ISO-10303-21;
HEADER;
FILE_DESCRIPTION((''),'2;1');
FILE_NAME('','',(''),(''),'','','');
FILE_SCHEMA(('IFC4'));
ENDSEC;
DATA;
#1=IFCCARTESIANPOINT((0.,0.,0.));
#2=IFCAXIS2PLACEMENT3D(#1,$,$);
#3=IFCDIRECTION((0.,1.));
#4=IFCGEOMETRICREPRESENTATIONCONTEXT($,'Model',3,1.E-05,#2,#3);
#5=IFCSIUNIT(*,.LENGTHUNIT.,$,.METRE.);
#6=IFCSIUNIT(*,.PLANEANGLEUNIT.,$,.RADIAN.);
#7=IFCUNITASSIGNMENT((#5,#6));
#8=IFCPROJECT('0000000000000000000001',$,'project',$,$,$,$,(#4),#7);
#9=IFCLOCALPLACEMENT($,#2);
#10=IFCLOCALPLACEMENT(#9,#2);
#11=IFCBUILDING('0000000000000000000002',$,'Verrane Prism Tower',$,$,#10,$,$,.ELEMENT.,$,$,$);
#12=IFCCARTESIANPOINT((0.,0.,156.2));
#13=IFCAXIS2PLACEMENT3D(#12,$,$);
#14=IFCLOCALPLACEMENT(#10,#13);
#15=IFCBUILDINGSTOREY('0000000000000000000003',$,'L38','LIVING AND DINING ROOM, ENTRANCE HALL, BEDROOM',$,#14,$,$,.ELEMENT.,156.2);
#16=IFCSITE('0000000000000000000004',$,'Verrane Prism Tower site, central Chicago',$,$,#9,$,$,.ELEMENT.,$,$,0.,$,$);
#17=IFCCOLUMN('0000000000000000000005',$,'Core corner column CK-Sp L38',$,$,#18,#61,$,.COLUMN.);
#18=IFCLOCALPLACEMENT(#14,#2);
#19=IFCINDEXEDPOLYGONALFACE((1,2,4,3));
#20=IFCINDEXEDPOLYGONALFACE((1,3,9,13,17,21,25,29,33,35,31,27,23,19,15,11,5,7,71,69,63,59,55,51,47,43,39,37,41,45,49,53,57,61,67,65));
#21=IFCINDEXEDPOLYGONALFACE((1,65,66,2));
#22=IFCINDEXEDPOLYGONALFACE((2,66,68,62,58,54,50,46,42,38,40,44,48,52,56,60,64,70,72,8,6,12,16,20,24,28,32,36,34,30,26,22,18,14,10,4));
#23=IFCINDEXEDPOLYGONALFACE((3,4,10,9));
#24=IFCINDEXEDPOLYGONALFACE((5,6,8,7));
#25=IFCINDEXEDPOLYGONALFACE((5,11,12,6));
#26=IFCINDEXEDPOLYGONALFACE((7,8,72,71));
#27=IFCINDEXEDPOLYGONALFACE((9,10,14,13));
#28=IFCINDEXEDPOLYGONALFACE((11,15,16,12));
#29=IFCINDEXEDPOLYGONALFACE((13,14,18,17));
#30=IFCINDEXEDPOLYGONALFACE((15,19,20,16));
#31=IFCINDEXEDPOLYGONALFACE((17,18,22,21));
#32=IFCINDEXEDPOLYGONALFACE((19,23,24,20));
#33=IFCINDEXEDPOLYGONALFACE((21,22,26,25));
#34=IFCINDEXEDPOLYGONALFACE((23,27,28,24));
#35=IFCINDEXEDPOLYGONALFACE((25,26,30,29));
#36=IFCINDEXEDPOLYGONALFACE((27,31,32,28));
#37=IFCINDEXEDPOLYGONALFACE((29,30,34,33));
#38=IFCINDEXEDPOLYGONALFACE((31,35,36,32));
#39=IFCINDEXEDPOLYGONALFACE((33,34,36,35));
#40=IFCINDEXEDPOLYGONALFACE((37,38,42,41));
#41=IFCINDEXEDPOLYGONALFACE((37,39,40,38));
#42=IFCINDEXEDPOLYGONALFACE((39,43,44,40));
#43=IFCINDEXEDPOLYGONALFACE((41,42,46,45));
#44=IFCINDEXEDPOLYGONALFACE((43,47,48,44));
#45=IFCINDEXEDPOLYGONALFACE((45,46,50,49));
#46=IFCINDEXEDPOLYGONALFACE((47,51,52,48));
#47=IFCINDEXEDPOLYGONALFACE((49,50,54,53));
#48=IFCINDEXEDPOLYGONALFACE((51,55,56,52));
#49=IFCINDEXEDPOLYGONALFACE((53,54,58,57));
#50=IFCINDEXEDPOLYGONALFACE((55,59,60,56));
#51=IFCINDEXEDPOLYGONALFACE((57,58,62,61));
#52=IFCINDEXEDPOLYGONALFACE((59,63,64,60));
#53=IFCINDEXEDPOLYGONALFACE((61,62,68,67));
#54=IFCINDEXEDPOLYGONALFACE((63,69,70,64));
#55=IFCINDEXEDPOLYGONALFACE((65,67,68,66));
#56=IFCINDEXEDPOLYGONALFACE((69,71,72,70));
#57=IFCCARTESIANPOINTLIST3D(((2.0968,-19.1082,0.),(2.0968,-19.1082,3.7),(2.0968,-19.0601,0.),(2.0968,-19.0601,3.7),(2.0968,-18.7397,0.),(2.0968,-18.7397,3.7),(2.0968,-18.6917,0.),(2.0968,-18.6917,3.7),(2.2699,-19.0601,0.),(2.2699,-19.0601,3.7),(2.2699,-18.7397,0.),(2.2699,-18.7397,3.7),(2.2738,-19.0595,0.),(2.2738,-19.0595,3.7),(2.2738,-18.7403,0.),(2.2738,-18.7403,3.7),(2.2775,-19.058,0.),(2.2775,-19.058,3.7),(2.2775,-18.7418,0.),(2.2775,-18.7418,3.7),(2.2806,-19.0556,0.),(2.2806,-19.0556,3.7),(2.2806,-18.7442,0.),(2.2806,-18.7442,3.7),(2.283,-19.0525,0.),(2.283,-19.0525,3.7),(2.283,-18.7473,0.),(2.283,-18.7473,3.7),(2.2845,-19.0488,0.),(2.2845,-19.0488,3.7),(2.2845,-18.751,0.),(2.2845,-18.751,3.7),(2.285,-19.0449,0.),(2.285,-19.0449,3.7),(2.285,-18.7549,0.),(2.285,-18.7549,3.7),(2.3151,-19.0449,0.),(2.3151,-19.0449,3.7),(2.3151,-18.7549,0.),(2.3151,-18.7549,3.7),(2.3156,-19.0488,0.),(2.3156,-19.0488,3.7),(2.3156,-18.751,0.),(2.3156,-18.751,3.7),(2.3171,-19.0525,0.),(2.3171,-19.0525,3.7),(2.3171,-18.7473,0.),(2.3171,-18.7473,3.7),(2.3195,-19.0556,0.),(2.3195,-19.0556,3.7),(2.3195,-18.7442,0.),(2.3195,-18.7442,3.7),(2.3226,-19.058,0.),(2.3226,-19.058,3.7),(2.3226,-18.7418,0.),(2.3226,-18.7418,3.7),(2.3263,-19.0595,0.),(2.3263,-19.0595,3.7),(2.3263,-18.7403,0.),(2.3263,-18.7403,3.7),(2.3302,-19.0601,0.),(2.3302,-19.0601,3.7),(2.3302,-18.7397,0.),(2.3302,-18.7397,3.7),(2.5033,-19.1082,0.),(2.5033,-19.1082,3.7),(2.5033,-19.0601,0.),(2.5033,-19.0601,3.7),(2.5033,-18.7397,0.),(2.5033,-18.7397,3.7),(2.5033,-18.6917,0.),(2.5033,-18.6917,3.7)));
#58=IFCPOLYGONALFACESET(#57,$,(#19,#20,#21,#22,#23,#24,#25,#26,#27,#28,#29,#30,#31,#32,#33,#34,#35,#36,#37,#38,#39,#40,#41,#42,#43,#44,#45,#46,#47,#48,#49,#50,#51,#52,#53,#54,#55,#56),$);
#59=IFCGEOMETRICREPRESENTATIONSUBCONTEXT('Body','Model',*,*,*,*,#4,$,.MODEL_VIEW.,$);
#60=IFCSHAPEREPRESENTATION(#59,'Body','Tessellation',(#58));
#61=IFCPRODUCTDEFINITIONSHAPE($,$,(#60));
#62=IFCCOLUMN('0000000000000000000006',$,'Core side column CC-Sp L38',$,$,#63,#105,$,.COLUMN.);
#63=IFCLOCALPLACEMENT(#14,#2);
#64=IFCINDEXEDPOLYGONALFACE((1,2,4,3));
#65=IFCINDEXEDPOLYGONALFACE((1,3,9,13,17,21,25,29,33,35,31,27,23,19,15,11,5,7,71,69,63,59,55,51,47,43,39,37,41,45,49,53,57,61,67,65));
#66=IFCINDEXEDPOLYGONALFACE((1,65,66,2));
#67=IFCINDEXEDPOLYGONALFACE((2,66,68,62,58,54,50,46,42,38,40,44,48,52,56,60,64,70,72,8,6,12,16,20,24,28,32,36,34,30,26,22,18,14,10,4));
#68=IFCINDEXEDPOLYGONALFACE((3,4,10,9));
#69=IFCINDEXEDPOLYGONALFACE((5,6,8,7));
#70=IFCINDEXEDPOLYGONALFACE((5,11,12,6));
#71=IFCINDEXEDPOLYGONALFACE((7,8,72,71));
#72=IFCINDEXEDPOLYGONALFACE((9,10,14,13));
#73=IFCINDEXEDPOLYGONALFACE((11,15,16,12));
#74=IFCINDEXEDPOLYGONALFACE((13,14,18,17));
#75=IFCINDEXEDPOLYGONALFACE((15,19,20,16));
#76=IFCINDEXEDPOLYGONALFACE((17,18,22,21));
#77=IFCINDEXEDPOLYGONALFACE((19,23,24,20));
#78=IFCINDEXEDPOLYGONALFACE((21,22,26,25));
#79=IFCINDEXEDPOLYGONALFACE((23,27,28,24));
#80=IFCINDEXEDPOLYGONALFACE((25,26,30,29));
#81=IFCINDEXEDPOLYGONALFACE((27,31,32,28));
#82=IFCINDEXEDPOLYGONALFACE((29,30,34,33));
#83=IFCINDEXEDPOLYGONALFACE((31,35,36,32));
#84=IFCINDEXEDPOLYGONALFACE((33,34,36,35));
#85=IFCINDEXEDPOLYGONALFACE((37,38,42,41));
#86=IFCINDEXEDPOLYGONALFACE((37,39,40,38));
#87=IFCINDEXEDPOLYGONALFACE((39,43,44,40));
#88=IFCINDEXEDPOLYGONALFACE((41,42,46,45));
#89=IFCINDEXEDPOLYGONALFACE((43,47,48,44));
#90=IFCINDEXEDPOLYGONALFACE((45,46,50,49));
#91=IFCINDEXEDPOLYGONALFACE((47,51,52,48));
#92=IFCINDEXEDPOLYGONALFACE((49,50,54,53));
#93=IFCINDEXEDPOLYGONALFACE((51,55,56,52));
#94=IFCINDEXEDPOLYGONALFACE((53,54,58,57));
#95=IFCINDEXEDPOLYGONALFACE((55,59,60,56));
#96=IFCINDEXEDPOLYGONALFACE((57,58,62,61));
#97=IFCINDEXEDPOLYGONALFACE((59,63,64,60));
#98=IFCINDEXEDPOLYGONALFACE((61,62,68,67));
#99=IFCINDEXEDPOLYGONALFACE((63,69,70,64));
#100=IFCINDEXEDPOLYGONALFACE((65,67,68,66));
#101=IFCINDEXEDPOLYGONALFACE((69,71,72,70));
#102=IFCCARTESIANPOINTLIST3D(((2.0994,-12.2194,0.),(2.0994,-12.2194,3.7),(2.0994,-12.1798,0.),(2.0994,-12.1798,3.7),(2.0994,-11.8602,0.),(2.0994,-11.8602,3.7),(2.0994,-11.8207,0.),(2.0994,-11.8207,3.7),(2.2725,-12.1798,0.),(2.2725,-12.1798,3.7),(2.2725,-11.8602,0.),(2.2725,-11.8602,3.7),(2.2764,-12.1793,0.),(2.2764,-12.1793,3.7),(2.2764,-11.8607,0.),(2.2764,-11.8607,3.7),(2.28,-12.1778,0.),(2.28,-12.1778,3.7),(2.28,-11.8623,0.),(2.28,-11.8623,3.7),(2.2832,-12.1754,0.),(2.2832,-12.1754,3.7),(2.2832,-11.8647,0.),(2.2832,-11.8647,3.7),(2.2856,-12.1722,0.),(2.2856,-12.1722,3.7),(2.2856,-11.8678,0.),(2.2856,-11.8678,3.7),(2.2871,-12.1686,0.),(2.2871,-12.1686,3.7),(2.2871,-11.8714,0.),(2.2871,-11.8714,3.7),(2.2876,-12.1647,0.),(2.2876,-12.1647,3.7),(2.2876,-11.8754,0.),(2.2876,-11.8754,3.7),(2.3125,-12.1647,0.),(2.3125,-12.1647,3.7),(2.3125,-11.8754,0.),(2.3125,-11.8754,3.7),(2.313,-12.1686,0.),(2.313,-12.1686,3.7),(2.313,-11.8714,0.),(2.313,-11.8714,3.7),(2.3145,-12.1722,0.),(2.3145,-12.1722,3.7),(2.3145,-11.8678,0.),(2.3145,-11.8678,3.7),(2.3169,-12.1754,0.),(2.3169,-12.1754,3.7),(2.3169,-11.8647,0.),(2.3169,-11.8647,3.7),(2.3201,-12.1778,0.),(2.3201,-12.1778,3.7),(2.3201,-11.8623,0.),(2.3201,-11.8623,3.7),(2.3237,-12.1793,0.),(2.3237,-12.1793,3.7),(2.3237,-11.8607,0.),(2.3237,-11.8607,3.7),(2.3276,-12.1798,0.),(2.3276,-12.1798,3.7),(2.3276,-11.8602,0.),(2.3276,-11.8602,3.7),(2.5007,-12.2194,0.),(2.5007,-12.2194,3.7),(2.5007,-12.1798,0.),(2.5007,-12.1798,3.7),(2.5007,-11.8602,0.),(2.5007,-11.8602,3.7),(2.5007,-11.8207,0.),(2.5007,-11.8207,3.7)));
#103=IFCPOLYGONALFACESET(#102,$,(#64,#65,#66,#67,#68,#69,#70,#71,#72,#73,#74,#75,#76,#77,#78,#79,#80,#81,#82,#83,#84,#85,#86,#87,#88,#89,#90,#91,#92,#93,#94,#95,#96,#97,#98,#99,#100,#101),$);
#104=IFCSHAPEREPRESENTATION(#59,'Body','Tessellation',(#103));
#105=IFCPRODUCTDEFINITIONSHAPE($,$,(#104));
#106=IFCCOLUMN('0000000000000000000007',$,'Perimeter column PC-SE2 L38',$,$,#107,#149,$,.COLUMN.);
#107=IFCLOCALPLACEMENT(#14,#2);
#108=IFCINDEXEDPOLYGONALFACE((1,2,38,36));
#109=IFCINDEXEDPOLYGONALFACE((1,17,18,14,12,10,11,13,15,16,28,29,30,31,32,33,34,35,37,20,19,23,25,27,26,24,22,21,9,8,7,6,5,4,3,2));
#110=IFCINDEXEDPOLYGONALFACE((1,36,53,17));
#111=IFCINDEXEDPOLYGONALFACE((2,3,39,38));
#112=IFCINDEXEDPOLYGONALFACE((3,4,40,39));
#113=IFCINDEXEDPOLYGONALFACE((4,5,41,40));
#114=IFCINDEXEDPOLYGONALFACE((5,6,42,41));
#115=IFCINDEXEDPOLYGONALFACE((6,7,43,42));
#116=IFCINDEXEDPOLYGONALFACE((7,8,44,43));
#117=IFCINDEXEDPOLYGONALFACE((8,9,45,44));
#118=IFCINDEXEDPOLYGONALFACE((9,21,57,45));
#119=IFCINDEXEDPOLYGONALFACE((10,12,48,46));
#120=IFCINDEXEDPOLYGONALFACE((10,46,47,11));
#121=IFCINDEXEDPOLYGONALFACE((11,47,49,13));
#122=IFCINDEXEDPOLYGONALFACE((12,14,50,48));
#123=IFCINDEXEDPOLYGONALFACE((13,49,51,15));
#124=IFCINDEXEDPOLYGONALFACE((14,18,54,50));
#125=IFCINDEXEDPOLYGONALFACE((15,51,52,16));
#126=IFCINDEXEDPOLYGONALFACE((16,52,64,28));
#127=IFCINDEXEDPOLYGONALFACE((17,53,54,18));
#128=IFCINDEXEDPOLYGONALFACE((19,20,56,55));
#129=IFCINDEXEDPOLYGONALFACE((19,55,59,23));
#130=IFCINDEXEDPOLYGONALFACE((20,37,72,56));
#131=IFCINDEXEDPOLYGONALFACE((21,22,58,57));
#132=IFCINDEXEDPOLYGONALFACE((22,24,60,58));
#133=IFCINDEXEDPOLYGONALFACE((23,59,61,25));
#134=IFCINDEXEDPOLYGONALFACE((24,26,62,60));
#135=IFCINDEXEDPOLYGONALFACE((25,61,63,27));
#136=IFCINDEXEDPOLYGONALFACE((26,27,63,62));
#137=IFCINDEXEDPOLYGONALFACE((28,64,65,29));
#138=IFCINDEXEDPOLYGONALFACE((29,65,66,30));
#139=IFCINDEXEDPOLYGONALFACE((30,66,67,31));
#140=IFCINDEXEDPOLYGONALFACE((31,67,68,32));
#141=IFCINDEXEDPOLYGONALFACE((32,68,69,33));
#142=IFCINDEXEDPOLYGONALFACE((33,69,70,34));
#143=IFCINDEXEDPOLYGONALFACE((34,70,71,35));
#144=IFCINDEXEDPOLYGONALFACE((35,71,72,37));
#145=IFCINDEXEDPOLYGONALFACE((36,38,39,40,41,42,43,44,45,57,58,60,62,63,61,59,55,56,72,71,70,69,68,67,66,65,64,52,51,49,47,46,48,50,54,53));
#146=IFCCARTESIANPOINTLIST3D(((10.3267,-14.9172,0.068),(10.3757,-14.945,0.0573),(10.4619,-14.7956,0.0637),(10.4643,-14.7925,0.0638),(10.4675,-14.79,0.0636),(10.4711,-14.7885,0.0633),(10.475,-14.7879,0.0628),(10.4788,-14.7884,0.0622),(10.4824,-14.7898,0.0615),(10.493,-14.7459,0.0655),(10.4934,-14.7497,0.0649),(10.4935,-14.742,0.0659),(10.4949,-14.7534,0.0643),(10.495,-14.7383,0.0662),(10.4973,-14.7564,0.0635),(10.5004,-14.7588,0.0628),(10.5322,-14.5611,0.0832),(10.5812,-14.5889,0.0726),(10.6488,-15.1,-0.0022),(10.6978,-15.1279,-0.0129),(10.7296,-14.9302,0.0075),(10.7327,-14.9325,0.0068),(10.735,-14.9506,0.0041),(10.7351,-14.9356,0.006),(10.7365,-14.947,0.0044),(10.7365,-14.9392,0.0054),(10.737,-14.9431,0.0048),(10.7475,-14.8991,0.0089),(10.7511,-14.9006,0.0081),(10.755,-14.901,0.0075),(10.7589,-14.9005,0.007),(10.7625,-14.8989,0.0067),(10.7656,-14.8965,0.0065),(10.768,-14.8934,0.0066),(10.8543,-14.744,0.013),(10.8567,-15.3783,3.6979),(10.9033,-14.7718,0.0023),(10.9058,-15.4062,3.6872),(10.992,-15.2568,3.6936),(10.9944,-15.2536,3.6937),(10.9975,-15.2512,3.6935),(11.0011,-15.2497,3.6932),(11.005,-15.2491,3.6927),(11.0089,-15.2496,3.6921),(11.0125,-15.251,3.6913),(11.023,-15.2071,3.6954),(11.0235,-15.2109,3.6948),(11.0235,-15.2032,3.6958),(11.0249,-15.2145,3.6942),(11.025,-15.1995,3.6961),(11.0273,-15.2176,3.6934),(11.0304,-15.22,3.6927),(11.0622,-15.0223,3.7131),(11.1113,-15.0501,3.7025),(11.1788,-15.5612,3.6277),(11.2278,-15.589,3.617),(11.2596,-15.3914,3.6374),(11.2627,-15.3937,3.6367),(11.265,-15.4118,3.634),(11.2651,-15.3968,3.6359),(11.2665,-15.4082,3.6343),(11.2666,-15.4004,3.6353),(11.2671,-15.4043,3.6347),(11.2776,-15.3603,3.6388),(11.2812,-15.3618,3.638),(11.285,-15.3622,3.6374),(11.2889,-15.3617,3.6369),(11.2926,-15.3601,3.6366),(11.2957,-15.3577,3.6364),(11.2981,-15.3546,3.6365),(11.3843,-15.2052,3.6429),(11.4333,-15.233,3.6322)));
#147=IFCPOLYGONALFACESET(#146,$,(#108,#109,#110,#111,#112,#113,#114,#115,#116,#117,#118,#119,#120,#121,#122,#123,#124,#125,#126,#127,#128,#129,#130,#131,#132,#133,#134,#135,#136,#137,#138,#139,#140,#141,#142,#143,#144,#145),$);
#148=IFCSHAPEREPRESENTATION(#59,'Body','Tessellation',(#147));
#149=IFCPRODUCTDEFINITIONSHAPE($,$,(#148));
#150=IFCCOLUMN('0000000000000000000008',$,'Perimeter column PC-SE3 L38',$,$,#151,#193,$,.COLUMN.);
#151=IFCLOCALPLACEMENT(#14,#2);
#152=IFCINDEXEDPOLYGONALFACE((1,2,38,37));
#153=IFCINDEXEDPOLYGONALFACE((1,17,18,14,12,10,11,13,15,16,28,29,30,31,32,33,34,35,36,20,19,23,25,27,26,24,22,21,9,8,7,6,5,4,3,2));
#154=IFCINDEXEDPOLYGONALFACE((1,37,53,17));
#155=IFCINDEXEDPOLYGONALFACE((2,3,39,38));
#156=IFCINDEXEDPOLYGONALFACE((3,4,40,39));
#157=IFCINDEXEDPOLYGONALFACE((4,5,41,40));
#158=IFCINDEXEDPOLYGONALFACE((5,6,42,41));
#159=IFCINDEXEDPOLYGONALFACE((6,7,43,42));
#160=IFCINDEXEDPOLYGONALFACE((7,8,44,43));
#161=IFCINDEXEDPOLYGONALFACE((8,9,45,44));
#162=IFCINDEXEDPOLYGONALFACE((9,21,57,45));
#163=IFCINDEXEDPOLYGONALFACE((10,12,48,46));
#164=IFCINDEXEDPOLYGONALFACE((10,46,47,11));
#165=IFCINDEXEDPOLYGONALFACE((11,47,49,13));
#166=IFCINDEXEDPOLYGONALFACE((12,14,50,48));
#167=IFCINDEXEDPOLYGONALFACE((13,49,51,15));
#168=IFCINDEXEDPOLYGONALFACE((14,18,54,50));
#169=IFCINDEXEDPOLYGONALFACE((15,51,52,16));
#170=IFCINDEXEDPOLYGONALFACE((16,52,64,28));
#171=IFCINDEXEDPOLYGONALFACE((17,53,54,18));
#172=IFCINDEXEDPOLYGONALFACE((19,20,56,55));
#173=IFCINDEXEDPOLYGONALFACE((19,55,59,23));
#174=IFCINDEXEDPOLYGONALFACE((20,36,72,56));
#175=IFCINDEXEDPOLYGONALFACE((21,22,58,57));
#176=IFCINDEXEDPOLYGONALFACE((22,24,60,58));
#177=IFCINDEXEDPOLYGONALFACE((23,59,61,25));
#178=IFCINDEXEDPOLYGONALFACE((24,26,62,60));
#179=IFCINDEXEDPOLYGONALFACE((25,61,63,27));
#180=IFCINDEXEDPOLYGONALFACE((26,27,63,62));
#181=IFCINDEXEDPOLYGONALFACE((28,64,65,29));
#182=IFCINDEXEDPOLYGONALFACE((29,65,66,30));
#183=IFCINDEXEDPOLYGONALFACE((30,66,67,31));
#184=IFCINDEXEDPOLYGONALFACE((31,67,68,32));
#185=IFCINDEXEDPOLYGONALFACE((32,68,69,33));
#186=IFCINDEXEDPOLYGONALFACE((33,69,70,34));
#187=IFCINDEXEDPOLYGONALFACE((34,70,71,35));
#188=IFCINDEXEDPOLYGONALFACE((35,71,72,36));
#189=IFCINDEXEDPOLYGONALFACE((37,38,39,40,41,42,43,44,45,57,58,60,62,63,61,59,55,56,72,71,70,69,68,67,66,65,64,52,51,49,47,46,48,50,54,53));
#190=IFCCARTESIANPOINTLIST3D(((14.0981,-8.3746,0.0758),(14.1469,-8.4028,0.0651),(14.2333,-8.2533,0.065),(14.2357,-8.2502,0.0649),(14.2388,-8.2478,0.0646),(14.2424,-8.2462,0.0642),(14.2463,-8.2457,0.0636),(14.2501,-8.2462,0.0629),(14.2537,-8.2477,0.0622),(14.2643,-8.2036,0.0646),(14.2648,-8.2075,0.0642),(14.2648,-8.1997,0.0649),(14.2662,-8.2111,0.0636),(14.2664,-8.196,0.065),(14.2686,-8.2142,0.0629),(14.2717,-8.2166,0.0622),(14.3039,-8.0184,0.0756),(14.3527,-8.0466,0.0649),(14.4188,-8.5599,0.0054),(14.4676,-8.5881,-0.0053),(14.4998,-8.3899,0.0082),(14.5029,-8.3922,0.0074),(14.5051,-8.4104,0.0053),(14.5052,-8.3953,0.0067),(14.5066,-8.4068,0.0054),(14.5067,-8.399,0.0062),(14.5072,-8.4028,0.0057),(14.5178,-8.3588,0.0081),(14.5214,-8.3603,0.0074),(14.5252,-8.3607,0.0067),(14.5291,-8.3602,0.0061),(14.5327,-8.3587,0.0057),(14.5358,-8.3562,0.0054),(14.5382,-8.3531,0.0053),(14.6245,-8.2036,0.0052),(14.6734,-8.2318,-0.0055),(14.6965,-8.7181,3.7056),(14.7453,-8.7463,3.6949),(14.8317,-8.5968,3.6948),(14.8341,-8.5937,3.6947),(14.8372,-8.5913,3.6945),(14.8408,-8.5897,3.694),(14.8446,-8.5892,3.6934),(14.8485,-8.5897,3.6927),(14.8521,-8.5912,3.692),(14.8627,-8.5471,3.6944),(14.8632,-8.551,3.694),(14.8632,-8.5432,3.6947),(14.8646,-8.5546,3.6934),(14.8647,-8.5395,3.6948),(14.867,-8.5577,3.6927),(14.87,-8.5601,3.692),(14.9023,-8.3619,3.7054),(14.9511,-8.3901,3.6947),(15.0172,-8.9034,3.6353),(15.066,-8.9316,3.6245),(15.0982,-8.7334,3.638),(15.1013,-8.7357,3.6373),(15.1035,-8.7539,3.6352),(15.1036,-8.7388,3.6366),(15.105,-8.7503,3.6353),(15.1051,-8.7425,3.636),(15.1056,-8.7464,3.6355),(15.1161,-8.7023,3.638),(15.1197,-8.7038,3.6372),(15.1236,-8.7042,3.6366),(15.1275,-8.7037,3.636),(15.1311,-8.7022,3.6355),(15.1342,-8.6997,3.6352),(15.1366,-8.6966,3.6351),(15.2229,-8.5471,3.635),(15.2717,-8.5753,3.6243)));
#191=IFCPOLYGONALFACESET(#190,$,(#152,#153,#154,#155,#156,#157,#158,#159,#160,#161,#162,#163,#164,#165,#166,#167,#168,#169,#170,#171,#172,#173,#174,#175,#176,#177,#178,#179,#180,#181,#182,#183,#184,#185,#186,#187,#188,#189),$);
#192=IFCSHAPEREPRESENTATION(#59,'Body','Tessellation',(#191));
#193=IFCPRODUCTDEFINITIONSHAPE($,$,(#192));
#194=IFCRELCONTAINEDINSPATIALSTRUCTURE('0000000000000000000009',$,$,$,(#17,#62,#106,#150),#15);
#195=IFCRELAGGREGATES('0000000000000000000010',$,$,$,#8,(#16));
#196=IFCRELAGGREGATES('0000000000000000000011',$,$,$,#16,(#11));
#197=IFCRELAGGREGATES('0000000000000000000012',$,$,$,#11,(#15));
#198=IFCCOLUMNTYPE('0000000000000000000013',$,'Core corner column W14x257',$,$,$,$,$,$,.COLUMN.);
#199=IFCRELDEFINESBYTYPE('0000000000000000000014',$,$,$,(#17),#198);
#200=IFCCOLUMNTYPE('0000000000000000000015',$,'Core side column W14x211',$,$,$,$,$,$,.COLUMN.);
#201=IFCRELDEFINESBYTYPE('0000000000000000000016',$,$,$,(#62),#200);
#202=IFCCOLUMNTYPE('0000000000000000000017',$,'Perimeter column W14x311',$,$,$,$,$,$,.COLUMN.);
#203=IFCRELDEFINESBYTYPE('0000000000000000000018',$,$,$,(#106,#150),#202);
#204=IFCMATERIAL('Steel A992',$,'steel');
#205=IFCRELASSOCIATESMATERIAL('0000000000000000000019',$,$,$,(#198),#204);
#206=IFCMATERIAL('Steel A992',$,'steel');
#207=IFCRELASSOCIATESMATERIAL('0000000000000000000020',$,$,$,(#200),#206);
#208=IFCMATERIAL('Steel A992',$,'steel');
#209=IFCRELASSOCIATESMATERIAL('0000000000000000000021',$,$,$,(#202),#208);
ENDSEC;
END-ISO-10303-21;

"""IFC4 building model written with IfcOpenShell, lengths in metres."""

from ifc_helpers import new_model, si_unit, direction, frame, origin, origin_2d, place, context, subcontext, project, spatial, i_section, extrude, material, material_profile, profile_set, type_object, element, save


model = new_model("IFC4")

# Units and contexts
model_context = context("Model", 3, precision=1e-05, world=origin(), true_north=direction((0.0, 1.0)))
body_context = subcontext(model_context, "Body", "Model", "MODEL_VIEW")
ifc_project = project(units=[si_unit("LENGTHUNIT", "METRE"), si_unit("PLANEANGLEUNIT", "RADIAN")], contexts=[model_context])

# Site, building, storey
site_placement = place(None, origin())
site = spatial("IfcSite", under=ifc_project, at=site_placement, Name="Verrane Prism Tower site, central Chicago", CompositionType="ELEMENT", RefElevation=0.0)
building_placement = place(site_placement, origin())
building = spatial("IfcBuilding", under=site, at=building_placement, Name="Verrane Prism Tower", CompositionType="ELEMENT")
storey_placement = place(building_placement, frame((0.0, 0.0, 156.2)))
storey = spatial("IfcBuildingStorey", under=building, at=storey_placement, Name="L38", Description="LIVING AND DINING ROOM, ENTRANCE HALL, BEDROOM", CompositionType="ELEMENT", Elevation=156.2)

# Columns
ifc_material_1 = material(Name="Steel A992", Category="steel")
ifc_material_profile_1 = material_profile(ifc_material_1, i_section(OverallWidth=0.4065, OverallDepth=0.4165, WebThickness=0.03, FlangeThickness=0.0481, FilletRadius=0.0151, at=origin_2d()), Name="W14x257")
ifc_profile_set_1 = profile_set([ifc_material_profile_1], Name="Steel A992")
column_type_1 = type_object("IfcColumnType", Name="Core corner column W14x257", PredefinedType="COLUMN", material=ifc_profile_set_1)
column_1_placement = place(storey_placement, frame((2.3, -18.8999, 0.0), z_axis=(0.0, 0.0, 1.0), x_axis=(-1.0, 0.0, 0.0)))
element("IfcColumn", 1, at=column_1_placement, inside=storey, type_object=column_type_1, Name="Core corner column CK-Sp L38", PredefinedType="COLUMN", context=body_context, shape_type="SweptSolid", body=[
    extrude(i_section(OverallWidth=0.4065, OverallDepth=0.4165, WebThickness=0.03, FlangeThickness=0.0481, FilletRadius=0.0151, at=origin_2d()), origin(), (0.0, 0.0, 1.0), 3.7),
])
ifc_material_2 = material(Name="Steel A992", Category="steel")
ifc_material_profile_2 = material_profile(ifc_material_2, i_section(OverallWidth=0.4014, OverallDepth=0.3987, WebThickness=0.0249, FlangeThickness=0.0396, FilletRadius=0.0151, at=origin_2d()), Name="W14x211")
ifc_profile_set_2 = profile_set([ifc_material_profile_2], Name="Steel A992")
column_type_2 = type_object("IfcColumnType", Name="Core side column W14x211", PredefinedType="COLUMN", material=ifc_profile_set_2)
column_2_placement = place(storey_placement, frame((2.3, -12.02, 0.0), z_axis=(0.0, 0.0, 1.0), x_axis=(1.0, 0.0, 0.0)))
element("IfcColumn", 2, at=column_2_placement, inside=storey, type_object=column_type_2, Name="Core side column CC-Sp L38", PredefinedType="COLUMN", context=body_context, shape_type="SweptSolid", body=[
    extrude(i_section(OverallWidth=0.4014, OverallDepth=0.3987, WebThickness=0.0249, FlangeThickness=0.0396, FilletRadius=0.0151, at=origin_2d()), origin(), (0.0, 0.0, 1.0), 3.7),
])
ifc_material_3 = material(Name="Steel A992", Category="steel")
ifc_material_profile_3 = material_profile(ifc_material_3, i_section(OverallWidth=0.4114, OverallDepth=0.4343, WebThickness=0.0359, FlangeThickness=0.0574, FilletRadius=0.0151, at=origin_2d()), Name="W14x311")
ifc_profile_set_3 = profile_set([ifc_material_profile_3], Name="Steel A992")
column_type_3 = type_object("IfcColumnType", Name="Perimeter column W14x311", PredefinedType="COLUMN", material=ifc_profile_set_3)
column_3_placement = place(storey_placement, frame((10.615, -14.8445, 0.0352), z_axis=(0.143358, -0.124736, 0.981779), x_axis=(-0.49953, -0.865505, -0.037023)))
element("IfcColumn", 3, at=column_3_placement, inside=storey, type_object=column_type_3, Name="Perimeter column PC-SE2 L38", PredefinedType="COLUMN", context=body_context, shape_type="SweptSolid", body=[
    extrude(i_section(OverallWidth=0.4114, OverallDepth=0.4343, WebThickness=0.0359, FlangeThickness=0.0574, FilletRadius=0.0151, at=origin_2d()), origin(), (0.0, 0.0, 1.0), 3.6973),
])
column_4_placement = place(storey_placement, frame((14.3857, -8.3032, 0.0352), z_axis=(0.161951, -0.092968, 0.98241), x_axis=(-0.500183, -0.86592, 0.000511)))
element("IfcColumn", 4, at=column_4_placement, inside=storey, type_object=column_type_3, Name="Perimeter column PC-SE3 L38", PredefinedType="COLUMN", context=body_context, shape_type="SweptSolid", body=[
    extrude(i_section(OverallWidth=0.4114, OverallDepth=0.4343, WebThickness=0.0359, FlangeThickness=0.0574, FilletRadius=0.0151, at=origin_2d()), origin(), (0.0, 0.0, 1.0), 3.6948),
])

save(model, "model.ifc")
